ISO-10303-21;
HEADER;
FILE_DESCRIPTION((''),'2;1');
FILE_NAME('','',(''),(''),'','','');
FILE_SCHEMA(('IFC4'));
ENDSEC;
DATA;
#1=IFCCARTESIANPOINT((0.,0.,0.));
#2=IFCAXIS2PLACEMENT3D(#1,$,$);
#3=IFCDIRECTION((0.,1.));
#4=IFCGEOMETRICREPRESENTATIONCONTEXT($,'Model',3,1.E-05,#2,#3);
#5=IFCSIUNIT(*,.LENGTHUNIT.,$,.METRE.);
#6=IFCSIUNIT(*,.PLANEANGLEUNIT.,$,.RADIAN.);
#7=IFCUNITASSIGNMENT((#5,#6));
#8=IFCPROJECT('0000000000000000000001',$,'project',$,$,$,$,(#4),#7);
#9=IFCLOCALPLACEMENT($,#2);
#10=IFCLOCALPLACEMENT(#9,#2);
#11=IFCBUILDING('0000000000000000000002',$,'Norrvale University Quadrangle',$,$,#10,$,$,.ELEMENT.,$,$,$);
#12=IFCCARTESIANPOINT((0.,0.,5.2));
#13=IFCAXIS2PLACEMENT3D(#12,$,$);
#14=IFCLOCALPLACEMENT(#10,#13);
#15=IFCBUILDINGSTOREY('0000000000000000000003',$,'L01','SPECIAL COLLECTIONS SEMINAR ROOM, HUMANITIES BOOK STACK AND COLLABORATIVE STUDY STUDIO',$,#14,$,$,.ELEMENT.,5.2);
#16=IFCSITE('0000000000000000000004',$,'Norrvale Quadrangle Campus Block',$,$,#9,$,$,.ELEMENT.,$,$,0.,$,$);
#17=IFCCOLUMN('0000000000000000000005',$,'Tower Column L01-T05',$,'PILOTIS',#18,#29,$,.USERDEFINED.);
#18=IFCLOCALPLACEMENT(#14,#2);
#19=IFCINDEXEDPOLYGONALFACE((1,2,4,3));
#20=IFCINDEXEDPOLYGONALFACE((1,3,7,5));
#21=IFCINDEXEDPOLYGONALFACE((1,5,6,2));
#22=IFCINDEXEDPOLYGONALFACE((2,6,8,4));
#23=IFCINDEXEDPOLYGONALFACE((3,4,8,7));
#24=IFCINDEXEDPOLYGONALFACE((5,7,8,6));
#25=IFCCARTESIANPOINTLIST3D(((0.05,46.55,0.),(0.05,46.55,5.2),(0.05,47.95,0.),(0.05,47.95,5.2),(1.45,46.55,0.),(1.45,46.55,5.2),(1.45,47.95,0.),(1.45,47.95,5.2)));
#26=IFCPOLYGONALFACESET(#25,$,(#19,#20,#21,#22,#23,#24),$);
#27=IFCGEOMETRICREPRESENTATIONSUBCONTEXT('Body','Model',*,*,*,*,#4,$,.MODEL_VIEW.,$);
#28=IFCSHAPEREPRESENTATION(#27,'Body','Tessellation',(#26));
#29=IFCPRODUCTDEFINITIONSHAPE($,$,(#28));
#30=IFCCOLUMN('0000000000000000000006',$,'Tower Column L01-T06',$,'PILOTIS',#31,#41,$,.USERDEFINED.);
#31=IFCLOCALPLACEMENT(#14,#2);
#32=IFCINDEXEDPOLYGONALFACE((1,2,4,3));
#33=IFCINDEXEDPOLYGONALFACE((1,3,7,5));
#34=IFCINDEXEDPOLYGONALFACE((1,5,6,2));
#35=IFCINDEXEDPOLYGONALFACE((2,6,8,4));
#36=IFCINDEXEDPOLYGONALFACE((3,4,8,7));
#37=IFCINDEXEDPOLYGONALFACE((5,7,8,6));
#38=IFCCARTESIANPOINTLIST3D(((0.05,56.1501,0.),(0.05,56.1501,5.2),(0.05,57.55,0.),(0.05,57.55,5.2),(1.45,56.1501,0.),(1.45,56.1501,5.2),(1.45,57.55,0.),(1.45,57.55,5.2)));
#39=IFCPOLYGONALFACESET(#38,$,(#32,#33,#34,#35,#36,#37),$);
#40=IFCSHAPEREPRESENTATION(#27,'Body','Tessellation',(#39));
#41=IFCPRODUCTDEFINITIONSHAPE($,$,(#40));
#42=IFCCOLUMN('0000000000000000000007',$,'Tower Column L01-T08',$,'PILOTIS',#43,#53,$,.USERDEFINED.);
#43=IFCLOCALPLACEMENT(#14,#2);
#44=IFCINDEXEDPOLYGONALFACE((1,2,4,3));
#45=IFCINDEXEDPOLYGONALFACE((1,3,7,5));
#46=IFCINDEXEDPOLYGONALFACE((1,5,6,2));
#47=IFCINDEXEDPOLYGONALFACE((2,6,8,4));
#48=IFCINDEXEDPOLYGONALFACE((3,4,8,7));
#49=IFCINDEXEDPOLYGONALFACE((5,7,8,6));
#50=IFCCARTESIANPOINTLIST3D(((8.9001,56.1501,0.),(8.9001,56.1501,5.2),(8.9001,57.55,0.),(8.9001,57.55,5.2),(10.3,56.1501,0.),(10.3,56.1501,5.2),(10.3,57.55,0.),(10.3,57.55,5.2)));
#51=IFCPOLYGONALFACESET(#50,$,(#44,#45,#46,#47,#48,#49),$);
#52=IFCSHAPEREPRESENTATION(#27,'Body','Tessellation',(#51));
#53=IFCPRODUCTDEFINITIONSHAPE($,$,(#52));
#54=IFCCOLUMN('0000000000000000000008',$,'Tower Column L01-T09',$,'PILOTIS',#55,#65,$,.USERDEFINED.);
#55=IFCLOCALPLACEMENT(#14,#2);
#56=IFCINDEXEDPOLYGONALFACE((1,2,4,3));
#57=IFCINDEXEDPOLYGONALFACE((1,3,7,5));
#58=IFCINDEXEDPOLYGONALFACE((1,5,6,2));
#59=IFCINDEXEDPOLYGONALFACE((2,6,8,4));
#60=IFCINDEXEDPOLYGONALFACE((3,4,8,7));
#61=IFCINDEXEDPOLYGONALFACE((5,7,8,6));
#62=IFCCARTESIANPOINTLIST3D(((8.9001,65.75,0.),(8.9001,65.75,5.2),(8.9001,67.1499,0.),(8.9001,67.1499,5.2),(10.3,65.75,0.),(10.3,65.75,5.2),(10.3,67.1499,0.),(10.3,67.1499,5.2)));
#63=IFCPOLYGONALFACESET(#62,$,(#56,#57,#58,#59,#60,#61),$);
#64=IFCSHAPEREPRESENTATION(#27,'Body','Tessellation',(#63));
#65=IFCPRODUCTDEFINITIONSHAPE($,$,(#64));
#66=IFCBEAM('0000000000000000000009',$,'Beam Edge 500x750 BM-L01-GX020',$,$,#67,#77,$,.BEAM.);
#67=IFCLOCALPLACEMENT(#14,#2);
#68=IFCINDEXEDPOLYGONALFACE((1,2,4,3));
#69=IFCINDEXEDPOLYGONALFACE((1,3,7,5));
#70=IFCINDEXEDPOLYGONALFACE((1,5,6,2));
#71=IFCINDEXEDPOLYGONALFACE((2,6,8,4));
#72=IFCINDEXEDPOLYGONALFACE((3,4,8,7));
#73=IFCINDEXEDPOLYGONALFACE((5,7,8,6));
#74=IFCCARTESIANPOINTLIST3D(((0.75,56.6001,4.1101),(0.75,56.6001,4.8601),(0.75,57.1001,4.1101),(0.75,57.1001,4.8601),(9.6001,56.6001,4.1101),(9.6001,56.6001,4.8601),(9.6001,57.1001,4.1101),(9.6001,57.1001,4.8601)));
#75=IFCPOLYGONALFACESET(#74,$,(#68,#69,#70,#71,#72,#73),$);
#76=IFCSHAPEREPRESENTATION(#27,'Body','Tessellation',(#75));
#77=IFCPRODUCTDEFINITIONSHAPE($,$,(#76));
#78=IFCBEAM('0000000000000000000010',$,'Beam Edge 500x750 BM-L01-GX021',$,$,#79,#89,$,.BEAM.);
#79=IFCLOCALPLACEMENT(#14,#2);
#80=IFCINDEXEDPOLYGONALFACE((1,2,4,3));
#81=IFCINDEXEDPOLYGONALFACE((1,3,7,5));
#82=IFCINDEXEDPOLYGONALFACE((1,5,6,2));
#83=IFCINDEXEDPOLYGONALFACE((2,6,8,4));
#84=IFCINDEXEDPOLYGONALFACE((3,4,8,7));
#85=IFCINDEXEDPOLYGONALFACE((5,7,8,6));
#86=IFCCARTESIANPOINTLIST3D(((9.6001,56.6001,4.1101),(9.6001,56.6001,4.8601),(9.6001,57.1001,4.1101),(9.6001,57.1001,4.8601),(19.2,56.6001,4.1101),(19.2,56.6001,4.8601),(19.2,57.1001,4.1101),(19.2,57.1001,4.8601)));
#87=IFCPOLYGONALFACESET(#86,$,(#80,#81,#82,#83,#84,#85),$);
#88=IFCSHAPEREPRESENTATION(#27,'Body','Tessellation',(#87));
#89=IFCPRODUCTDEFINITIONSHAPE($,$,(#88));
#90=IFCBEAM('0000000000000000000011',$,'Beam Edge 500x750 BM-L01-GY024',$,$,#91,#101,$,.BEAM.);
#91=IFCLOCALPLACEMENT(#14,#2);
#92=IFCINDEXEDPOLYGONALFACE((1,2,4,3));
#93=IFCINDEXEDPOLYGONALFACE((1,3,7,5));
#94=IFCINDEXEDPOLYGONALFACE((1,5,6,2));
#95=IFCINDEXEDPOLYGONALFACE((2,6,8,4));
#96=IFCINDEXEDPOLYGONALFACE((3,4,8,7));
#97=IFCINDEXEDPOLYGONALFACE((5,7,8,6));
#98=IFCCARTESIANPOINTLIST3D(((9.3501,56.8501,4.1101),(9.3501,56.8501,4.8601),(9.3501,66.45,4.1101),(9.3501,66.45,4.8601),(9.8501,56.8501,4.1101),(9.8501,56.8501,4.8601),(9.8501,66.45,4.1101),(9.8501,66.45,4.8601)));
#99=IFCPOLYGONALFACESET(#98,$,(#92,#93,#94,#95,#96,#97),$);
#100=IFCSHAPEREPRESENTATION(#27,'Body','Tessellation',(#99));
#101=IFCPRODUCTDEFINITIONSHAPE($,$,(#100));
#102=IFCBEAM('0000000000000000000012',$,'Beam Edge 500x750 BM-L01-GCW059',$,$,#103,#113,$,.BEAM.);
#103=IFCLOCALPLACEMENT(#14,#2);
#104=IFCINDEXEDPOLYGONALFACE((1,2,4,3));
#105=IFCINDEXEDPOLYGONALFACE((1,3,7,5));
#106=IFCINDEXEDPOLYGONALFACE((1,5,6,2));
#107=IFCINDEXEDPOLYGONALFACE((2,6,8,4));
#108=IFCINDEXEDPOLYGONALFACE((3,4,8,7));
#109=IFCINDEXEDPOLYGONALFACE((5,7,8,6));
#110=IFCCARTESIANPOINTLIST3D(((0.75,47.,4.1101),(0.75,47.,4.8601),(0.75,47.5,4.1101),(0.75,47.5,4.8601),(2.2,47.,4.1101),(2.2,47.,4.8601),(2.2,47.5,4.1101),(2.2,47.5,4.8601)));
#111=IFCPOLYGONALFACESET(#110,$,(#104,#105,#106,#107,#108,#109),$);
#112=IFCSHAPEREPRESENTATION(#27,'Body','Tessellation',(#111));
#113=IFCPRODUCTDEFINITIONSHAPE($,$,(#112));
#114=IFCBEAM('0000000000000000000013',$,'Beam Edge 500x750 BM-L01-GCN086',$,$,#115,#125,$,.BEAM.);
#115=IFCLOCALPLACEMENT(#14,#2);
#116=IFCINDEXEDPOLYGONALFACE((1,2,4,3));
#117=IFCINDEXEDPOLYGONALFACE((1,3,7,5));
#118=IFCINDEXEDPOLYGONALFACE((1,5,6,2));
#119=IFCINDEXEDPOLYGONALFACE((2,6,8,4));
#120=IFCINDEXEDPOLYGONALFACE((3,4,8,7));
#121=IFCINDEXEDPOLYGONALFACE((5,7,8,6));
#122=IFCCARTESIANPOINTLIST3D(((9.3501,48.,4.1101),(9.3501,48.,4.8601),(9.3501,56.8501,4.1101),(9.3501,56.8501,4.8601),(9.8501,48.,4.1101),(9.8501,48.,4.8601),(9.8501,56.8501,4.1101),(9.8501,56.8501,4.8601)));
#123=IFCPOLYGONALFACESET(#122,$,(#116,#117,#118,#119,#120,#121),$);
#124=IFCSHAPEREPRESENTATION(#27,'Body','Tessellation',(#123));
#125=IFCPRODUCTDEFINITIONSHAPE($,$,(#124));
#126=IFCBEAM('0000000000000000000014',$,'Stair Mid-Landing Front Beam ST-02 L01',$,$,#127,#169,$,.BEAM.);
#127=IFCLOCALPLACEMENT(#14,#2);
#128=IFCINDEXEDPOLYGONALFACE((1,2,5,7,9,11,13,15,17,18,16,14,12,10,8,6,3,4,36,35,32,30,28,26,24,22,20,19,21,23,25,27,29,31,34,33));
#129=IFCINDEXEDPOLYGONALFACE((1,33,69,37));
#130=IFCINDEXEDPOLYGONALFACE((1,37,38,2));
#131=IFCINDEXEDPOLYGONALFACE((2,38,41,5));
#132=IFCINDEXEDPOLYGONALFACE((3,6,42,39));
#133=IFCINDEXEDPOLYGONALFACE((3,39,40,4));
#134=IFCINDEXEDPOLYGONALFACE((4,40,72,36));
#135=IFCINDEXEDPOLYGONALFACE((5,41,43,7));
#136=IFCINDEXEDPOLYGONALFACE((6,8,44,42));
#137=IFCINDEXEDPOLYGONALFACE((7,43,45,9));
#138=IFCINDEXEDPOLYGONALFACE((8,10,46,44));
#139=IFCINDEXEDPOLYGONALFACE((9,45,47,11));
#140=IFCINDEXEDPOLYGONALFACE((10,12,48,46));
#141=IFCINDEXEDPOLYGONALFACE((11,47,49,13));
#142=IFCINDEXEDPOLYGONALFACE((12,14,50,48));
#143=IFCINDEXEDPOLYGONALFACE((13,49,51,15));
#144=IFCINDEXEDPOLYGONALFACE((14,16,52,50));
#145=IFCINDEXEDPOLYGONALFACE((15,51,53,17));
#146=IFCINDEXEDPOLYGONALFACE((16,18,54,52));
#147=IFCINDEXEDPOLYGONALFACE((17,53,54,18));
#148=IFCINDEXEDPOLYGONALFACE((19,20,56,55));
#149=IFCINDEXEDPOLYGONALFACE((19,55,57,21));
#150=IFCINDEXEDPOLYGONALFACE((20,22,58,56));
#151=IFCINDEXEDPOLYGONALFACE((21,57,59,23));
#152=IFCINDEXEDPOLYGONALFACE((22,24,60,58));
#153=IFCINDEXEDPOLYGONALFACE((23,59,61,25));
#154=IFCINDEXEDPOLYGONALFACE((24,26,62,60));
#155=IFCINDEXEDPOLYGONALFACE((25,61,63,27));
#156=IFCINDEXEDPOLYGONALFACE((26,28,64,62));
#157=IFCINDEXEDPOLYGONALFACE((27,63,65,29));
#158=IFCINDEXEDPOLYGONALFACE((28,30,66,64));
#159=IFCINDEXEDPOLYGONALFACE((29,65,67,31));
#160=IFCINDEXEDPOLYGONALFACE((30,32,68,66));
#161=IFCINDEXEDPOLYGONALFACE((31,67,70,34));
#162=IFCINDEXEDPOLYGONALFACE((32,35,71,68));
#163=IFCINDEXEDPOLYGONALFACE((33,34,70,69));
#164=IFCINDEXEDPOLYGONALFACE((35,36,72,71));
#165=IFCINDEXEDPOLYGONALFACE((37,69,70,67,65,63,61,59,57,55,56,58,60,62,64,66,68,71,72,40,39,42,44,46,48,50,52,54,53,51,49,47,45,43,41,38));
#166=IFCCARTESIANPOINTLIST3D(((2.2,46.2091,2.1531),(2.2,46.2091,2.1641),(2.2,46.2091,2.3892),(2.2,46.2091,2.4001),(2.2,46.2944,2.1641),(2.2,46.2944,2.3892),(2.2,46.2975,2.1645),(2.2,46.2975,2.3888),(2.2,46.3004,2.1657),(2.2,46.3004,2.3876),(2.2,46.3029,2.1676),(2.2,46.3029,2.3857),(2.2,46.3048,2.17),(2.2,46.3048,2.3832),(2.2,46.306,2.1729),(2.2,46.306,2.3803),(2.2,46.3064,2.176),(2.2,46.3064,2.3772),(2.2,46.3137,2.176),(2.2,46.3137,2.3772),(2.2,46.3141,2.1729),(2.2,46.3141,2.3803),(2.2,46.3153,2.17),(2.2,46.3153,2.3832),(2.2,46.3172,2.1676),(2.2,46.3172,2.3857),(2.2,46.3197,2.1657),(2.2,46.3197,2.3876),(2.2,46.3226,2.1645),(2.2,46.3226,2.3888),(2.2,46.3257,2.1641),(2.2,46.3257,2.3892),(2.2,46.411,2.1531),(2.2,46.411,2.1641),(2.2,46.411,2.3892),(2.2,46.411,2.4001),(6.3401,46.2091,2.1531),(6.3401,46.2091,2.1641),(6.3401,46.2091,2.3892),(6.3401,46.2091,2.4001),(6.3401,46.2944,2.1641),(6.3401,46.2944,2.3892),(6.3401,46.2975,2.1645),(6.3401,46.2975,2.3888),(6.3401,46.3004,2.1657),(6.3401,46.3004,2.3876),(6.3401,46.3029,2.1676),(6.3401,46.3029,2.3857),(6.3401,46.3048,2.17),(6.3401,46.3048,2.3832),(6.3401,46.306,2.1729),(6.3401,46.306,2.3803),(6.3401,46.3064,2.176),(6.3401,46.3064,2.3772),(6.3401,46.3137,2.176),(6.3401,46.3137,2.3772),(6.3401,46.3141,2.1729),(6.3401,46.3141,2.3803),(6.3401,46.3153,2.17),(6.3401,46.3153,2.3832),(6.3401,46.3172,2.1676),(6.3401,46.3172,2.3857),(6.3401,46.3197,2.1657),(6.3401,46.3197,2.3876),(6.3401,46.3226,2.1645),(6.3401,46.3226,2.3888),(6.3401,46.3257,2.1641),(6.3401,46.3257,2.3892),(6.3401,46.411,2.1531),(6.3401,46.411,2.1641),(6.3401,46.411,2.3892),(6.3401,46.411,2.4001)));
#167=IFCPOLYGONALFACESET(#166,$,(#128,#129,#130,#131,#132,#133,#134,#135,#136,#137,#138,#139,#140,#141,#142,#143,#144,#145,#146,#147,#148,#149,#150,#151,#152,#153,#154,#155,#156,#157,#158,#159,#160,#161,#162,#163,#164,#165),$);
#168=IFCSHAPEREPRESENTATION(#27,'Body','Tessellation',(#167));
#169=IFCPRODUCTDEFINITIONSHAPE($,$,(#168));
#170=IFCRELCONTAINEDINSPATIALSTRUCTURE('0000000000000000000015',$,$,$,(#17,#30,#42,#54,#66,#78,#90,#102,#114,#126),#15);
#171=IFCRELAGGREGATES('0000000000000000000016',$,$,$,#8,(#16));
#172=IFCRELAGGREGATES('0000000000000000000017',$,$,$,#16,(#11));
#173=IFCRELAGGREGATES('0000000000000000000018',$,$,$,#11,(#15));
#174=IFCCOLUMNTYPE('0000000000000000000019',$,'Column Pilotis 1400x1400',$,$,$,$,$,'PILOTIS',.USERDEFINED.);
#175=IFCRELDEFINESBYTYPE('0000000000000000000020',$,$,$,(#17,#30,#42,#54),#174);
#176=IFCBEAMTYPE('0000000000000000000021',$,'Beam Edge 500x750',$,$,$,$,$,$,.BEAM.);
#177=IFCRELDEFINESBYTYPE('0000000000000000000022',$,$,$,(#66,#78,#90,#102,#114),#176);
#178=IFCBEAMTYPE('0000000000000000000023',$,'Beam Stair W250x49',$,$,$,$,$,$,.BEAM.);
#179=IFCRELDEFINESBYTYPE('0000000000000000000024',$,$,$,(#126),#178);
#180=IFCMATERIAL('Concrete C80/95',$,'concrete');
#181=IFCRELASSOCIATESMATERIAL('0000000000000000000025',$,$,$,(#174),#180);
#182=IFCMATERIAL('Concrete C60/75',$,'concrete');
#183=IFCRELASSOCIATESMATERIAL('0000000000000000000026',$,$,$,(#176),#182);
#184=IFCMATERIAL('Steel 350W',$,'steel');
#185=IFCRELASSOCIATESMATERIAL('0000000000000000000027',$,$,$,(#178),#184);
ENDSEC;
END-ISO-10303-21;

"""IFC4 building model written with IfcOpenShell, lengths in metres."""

from ifc_helpers import new_model, si_unit, direction, frame, origin, origin_2d, place, context, subcontext, project, spatial, rectangle, i_section, extrude, material, material_profile, profile_set, type_object, element, save


model = new_model("IFC4")

# Units and contexts
model_context = context("Model", 3, precision=1e-05, world=origin(), true_north=direction((0.0, 1.0)))
body_context = subcontext(model_context, "Body", "Model", "MODEL_VIEW")
ifc_project = project(units=[si_unit("LENGTHUNIT", "METRE"), si_unit("PLANEANGLEUNIT", "RADIAN")], contexts=[model_context])

# Site, building, storey
site_placement = place(None, origin())
site = spatial("IfcSite", under=ifc_project, at=site_placement, Name="Norrvale Quadrangle Campus Block", CompositionType="ELEMENT", RefElevation=0.0)
building_placement = place(site_placement, origin())
building = spatial("IfcBuilding", under=site, at=building_placement, Name="Norrvale University Quadrangle", CompositionType="ELEMENT")
storey_placement = place(building_placement, frame((0.0, 0.0, 5.2)))
storey = spatial("IfcBuildingStorey", under=building, at=storey_placement, Name="L01", Description="SPECIAL COLLECTIONS SEMINAR ROOM, HUMANITIES BOOK STACK AND COLLABORATIVE STUDY STUDIO", CompositionType="ELEMENT", Elevation=5.2)

# Columns
ifc_material_1 = material(Name="Concrete C80/95", Category="concrete")
ifc_material_profile_1 = material_profile(ifc_material_1, rectangle(XDim=1.3999, YDim=1.3999, at=origin_2d()), Name="Concrete C80/95")
ifc_profile_set_1 = profile_set([ifc_material_profile_1], Name="Concrete C80/95")
column_type = type_object("IfcColumnType", Name="Column Pilotis 1400x1400", ElementType="PILOTIS", PredefinedType="USERDEFINED", material=ifc_profile_set_1)
for number, where, z_axis, x_axis, name in (
    (1, (0.75, 47.25, 0.0), (0.0, 0.0, 1.0), (1.0, 0.0, 0.0), "Tower Column L01-T05"),
    (2, (0.75, 56.8501, 0.0), (0.0, 0.0, 1.0), (1.0, 0.0, 0.0), "Tower Column L01-T06"),
    (3, (9.6001, 56.8501, 0.0), (0.0, 0.0, 1.0), (1.0, 0.0, 0.0), "Tower Column L01-T08"),
    (4, (9.6001, 66.45, 0.0), (0.0, 0.0, 1.0), (1.0, 0.0, 0.0), "Tower Column L01-T09"),
):
    element("IfcColumn", number, at=place(storey_placement, frame(where, z_axis=z_axis, x_axis=x_axis)), inside=storey, type_object=column_type, Name=name, ObjectType="PILOTIS", PredefinedType="USERDEFINED", context=body_context, shape_type="SweptSolid", body=[
        extrude(rectangle(XDim=1.3999, YDim=1.3999, at=origin_2d()), origin(), (0.0, 0.0, 1.0), 5.2),
    ])

# Beams
ifc_material_2 = material(Name="Concrete C60/75", Category="concrete")
ifc_material_profile_2 = material_profile(ifc_material_2, rectangle(XDim=0.5, YDim=0.75, at=origin_2d()), Name="Concrete C60/75")
ifc_profile_set_2 = profile_set([ifc_material_profile_2], Name="Concrete C60/75")
beam_type_1 = type_object("IfcBeamType", Name="Beam Edge 500x750", PredefinedType="BEAM", material=ifc_profile_set_2)
beam_1_placement = place(storey_placement, frame((0.75, 56.8501, 4.4851), z_axis=(1.0, 0.0, 0.0), x_axis=(0.0, 1.0, 0.0)))
element("IfcBeam", 5, at=beam_1_placement, inside=storey, type_object=beam_type_1, Name="Beam Edge 500x750 BM-L01-GX020", PredefinedType="BEAM", context=body_context, shape_type="SweptSolid", body=[
    extrude(rectangle(XDim=0.5, YDim=0.75, at=origin_2d()), origin(), (0.0, 0.0, 1.0), 8.8501),
])
for number, where, z_axis, x_axis, name in (
    (6, (9.6001, 56.8501, 4.4851), (1.0, 0.0, 0.0), (0.0, 1.0, 0.0), "Beam Edge 500x750 BM-L01-GX021"),
    (7, (9.6001, 56.8501, 4.4851), (0.0, 1.0, 0.0), (-1.0, 0.0, 0.0), "Beam Edge 500x750 BM-L01-GY024"),
):
    element("IfcBeam", number, at=place(storey_placement, frame(where, z_axis=z_axis, x_axis=x_axis)), inside=storey, type_object=beam_type_1, Name=name, PredefinedType="BEAM", context=body_context, shape_type="SweptSolid", body=[
        extrude(rectangle(XDim=0.5, YDim=0.75, at=origin_2d()), origin(), (0.0, 0.0, 1.0), 9.5999),
    ])
beam_2_placement = place(storey_placement, frame((0.75, 47.25, 4.4851), z_axis=(1.0, 0.0, 0.0), x_axis=(0.0, 1.0, 0.0)))
element("IfcBeam", 8, at=beam_2_placement, inside=storey, type_object=beam_type_1, Name="Beam Edge 500x750 BM-L01-GCW059", PredefinedType="BEAM", context=body_context, shape_type="SweptSolid", body=[
    extrude(rectangle(XDim=0.5, YDim=0.75, at=origin_2d()), origin(), (0.0, 0.0, 1.0), 1.45),
])
beam_3_placement = place(storey_placement, frame((9.6001, 48.0, 4.4851), z_axis=(0.0, 1.0, 0.0), x_axis=(-1.0, 0.0, 0.0)))
element("IfcBeam", 9, at=beam_3_placement, inside=storey, type_object=beam_type_1, Name="Beam Edge 500x750 BM-L01-GCN086", PredefinedType="BEAM", context=body_context, shape_type="SweptSolid", body=[
    extrude(rectangle(XDim=0.5, YDim=0.75, at=origin_2d()), origin(), (0.0, 0.0, 1.0), 8.8501),
])
ifc_material_3 = material(Name="Steel 350W", Category="steel")
ifc_material_profile_3 = material_profile(ifc_material_3, i_section(OverallWidth=0.2019, OverallDepth=0.2471, WebThickness=0.0073, FlangeThickness=0.011, FilletRadius=0.012, at=origin_2d()), Name="Steel 350W")
ifc_profile_set_3 = profile_set([ifc_material_profile_3], Name="Steel 350W")
beam_type_2 = type_object("IfcBeamType", Name="Beam Stair W250x49", PredefinedType="BEAM", material=ifc_profile_set_3)
for number, where, z_axis, x_axis, name in (
    (10, (2.2, 46.3101, 2.2766), (1.0, 0.0, 0.0), (0.0, 1.0, 0.0), "Stair Mid-Landing Front Beam ST-02 L01"),
):
    element("IfcBeam", number, at=place(storey_placement, frame(where, z_axis=z_axis, x_axis=x_axis)), inside=storey, type_object=beam_type_2, Name=name, PredefinedType="BEAM", context=body_context, shape_type="SweptSolid", body=[
        extrude(i_section(OverallWidth=0.2019, OverallDepth=0.2471, WebThickness=0.0073, FlangeThickness=0.011, FilletRadius=0.012, at=origin_2d()), origin(), (0.0, 0.0, 1.0), 4.1401),
    ])

save(model, "model.ifc")
